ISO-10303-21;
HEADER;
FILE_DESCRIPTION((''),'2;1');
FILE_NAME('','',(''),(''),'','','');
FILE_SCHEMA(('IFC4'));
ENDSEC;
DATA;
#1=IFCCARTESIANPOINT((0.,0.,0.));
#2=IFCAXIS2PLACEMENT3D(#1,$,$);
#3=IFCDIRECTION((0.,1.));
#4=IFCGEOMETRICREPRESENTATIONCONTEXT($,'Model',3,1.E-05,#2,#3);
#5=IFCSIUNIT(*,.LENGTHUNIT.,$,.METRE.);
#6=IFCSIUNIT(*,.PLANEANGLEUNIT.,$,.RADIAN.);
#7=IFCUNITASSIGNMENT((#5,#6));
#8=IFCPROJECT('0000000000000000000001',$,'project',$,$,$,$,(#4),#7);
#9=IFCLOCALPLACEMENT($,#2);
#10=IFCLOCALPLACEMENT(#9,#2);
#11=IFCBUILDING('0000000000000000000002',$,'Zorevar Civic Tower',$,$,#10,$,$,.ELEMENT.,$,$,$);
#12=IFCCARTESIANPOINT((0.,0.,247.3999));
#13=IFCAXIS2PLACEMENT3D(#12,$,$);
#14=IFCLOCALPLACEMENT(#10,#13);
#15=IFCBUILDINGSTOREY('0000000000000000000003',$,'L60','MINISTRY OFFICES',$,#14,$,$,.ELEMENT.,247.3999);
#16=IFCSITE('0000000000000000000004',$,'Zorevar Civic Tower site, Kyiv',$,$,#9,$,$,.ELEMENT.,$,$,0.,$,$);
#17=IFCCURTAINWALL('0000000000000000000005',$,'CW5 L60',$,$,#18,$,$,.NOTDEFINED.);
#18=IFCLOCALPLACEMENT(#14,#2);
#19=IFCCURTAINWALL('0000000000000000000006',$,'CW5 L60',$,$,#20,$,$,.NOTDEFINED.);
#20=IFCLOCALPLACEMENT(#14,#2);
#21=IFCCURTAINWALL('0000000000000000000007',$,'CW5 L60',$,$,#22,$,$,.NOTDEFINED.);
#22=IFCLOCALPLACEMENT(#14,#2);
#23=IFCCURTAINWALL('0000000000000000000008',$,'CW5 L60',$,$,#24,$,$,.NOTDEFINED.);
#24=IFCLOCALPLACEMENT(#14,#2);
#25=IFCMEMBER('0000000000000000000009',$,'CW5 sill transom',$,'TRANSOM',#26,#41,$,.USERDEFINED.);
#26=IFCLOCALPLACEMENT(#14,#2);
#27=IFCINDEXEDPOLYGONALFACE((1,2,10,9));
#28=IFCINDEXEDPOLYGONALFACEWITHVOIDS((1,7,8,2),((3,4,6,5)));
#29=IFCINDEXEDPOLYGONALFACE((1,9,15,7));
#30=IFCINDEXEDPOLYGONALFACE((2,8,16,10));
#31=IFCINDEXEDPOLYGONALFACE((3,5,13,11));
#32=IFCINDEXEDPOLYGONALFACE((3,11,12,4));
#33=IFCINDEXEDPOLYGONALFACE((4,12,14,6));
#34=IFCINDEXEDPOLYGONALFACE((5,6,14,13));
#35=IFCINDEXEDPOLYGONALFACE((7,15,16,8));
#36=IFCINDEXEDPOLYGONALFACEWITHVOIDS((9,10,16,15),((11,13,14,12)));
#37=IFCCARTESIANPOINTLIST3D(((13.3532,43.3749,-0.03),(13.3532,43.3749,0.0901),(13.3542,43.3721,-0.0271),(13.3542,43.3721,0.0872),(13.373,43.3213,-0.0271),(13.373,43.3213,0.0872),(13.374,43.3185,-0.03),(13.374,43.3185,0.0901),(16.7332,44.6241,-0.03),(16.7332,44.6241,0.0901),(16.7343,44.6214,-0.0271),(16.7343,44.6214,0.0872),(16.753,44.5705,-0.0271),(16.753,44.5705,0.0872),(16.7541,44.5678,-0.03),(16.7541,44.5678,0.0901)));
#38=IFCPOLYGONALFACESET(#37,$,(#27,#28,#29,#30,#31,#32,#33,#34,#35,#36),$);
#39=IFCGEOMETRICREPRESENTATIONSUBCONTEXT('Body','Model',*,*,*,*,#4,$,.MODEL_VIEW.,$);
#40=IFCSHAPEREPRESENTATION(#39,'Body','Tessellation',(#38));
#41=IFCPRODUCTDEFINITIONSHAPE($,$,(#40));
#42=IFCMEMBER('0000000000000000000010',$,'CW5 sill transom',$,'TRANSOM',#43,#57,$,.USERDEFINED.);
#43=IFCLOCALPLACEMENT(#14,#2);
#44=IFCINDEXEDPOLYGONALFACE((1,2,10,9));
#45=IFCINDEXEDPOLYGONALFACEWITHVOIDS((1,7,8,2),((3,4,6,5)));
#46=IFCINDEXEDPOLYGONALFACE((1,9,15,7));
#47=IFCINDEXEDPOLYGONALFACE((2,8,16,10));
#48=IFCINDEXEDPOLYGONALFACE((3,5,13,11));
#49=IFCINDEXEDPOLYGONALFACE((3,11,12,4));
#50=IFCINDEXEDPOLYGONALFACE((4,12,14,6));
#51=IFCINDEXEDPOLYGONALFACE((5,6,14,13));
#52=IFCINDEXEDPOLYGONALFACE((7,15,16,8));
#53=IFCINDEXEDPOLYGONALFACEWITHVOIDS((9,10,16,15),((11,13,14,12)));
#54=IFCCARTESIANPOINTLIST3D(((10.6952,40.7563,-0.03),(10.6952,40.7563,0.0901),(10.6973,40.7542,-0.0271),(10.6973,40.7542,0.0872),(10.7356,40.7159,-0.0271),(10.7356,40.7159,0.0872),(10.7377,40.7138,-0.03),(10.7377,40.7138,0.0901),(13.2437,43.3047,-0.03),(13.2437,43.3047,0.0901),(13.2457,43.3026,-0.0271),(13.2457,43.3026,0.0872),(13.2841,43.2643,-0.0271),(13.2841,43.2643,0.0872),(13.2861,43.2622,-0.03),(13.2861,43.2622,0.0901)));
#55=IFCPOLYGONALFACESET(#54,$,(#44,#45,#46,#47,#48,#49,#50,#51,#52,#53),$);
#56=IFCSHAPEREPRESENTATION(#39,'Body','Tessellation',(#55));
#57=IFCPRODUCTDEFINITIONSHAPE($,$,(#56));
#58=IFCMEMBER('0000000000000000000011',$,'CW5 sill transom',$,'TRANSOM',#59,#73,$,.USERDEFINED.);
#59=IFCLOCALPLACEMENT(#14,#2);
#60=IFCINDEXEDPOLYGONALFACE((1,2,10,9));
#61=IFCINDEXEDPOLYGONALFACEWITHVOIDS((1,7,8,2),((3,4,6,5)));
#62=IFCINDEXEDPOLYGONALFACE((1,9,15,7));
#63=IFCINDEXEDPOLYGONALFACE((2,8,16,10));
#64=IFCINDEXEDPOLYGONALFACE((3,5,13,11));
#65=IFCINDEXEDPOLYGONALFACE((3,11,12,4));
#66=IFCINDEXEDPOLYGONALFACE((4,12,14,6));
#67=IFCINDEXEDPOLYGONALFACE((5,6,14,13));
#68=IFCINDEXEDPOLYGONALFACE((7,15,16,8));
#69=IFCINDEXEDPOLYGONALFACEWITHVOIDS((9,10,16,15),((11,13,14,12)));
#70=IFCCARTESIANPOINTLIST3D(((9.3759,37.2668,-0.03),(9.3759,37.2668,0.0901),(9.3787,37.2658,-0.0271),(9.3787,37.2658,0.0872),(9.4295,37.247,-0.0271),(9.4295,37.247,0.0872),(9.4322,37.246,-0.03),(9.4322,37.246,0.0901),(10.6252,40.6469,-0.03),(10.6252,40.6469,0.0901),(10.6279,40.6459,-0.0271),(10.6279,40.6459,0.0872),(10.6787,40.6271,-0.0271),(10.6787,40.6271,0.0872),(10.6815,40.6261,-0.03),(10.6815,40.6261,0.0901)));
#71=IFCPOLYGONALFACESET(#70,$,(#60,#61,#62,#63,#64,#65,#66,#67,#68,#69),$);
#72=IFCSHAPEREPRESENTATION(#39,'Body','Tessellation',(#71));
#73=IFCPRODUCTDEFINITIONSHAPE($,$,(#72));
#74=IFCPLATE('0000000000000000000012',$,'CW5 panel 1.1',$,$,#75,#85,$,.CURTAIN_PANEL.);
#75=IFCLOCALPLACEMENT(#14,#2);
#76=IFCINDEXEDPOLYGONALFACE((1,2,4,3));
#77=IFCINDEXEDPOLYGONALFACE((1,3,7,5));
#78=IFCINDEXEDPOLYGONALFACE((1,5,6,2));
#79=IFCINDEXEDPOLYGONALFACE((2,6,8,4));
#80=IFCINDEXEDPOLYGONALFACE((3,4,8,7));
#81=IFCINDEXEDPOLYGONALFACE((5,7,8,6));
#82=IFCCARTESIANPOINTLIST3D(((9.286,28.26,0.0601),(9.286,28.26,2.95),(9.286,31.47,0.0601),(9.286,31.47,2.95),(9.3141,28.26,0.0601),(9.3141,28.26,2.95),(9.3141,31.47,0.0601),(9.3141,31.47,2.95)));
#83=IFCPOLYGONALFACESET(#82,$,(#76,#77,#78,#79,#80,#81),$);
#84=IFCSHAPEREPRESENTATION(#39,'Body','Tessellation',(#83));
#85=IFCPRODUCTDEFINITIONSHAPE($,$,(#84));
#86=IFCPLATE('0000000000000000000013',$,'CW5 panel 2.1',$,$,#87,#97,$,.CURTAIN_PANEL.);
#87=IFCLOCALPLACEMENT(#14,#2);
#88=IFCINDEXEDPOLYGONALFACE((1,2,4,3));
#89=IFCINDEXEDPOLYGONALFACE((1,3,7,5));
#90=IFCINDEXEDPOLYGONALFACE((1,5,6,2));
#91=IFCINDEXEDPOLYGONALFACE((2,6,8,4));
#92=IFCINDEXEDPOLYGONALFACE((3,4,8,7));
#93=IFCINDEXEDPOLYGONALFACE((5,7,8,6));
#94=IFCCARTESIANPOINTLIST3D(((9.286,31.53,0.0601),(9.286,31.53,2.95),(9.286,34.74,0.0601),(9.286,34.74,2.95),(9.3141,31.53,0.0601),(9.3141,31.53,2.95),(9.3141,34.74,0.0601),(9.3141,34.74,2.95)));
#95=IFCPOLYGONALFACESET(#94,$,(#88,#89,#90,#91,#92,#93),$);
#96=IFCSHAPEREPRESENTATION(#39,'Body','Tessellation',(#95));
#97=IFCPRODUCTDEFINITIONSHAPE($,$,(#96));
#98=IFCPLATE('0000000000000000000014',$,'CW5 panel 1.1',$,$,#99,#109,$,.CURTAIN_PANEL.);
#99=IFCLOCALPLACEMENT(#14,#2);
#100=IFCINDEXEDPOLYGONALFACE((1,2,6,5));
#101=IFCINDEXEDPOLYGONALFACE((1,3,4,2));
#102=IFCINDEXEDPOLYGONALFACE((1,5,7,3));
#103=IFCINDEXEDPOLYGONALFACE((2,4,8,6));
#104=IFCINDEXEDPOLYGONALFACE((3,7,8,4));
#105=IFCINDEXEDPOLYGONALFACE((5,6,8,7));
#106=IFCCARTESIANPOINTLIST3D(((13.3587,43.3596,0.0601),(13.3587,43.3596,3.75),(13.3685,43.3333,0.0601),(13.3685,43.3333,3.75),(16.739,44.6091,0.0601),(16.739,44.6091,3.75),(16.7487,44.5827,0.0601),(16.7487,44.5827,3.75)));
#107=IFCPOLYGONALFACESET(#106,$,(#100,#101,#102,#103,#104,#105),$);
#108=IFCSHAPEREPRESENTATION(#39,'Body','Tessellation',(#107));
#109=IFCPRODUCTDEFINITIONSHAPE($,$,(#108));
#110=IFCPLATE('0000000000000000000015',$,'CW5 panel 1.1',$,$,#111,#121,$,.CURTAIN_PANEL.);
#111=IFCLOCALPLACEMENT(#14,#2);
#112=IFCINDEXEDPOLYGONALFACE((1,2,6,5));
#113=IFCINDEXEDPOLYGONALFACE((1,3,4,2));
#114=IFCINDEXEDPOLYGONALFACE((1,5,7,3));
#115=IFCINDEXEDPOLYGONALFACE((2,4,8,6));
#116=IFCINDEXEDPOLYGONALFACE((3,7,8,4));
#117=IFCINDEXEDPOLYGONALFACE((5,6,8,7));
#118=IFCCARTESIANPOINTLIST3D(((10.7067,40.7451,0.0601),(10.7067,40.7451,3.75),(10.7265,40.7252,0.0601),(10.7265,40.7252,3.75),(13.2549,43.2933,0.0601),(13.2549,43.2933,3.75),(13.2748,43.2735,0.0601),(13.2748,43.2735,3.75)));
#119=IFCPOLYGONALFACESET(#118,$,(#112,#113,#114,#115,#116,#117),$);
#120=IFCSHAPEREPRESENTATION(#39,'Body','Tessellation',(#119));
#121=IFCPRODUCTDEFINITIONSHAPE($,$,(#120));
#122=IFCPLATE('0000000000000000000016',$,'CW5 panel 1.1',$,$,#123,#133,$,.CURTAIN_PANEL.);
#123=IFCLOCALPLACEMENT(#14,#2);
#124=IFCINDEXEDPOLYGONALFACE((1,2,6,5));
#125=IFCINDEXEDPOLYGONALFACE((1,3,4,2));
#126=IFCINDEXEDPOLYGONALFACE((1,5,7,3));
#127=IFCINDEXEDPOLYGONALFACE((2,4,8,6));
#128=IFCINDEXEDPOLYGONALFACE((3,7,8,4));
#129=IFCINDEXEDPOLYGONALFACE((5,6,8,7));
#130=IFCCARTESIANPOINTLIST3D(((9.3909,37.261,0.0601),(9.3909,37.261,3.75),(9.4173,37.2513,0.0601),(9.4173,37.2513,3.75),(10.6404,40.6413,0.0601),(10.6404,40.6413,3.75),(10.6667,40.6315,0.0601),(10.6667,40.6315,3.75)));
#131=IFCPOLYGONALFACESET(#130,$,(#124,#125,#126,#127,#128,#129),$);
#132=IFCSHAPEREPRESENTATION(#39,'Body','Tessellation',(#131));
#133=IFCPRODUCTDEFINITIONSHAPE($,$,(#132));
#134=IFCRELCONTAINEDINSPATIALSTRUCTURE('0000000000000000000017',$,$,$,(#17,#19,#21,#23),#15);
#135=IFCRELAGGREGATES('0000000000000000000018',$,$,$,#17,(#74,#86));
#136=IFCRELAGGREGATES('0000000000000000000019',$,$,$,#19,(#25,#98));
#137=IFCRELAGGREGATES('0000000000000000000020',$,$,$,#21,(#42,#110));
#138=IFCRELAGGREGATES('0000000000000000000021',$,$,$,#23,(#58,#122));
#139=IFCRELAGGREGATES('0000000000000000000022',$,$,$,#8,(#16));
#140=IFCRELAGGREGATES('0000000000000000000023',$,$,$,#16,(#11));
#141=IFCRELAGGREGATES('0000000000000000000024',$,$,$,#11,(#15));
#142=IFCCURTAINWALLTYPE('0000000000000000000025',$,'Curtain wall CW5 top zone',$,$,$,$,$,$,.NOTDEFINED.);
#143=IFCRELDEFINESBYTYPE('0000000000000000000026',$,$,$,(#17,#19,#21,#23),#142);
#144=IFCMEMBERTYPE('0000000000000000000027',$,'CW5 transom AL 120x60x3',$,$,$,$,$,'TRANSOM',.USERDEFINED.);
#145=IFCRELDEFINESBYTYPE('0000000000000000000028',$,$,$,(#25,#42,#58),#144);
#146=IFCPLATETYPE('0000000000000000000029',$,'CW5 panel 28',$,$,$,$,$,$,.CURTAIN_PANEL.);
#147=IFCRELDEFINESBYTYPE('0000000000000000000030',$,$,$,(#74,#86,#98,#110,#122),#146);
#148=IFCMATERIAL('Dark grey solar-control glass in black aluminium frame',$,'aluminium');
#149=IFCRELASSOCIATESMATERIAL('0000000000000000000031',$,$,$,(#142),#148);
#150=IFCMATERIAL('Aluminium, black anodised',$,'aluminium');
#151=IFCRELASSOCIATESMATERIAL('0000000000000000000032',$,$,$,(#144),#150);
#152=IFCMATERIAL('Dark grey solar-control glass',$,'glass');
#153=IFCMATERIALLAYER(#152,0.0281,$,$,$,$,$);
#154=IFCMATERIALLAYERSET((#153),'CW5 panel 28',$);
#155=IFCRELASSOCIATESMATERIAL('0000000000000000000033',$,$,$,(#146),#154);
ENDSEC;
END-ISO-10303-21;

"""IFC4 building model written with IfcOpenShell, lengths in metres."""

from ifc_helpers import new_model, si_unit, direction, frame, origin, origin_2d, place, context, subcontext, project, spatial, rectangle, hollow_rectangle, extrude, material, layer, layer_set, material_profile, profile_set, type_object, element, aggregate, save


model = new_model("IFC4")

# Units and contexts
model_context = context("Model", 3, precision=1e-05, world=origin(), true_north=direction((0.0, 1.0)))
body_context = subcontext(model_context, "Body", "Model", "MODEL_VIEW")
ifc_project = project(units=[si_unit("LENGTHUNIT", "METRE"), si_unit("PLANEANGLEUNIT", "RADIAN")], contexts=[model_context])

# Site, building, storey
site_placement = place(None, origin())
site = spatial("IfcSite", under=ifc_project, at=site_placement, Name="Zorevar Civic Tower site, Kyiv", CompositionType="ELEMENT", RefElevation=0.0)
building_placement = place(site_placement, origin())
building = spatial("IfcBuilding", under=site, at=building_placement, Name="Zorevar Civic Tower", CompositionType="ELEMENT")
storey_placement = place(building_placement, frame((0.0, 0.0, 247.3999)))
storey = spatial("IfcBuildingStorey", under=building, at=storey_placement, Name="L60", Description="MINISTRY OFFICES", CompositionType="ELEMENT", Elevation=247.3999)

# Curtain walls
ifc_material_1 = material(Name="Dark grey solar-control glass in black aluminium frame", Category="aluminium")
curtain_wall_type = type_object("IfcCurtainWallType", Name="Curtain wall CW5 top zone", PredefinedType="NOTDEFINED", material=ifc_material_1)
curtain_wall_1_placement = place(storey_placement, origin())
curtain_wall_1 = element("IfcCurtainWall", 1, at=curtain_wall_1_placement, inside=storey, type_object=curtain_wall_type, Name="CW5 L60", PredefinedType="NOTDEFINED")
curtain_wall_2_placement = place(storey_placement, origin())
curtain_wall_2 = element("IfcCurtainWall", 2, at=curtain_wall_2_placement, inside=storey, type_object=curtain_wall_type, Name="CW5 L60", PredefinedType="NOTDEFINED")
curtain_wall_3_placement = place(storey_placement, origin())
curtain_wall_3 = element("IfcCurtainWall", 3, at=curtain_wall_3_placement, inside=storey, type_object=curtain_wall_type, Name="CW5 L60", PredefinedType="NOTDEFINED")
curtain_wall_4_placement = place(storey_placement, origin())
curtain_wall_4 = element("IfcCurtainWall", 4, at=curtain_wall_4_placement, inside=storey, type_object=curtain_wall_type, Name="CW5 L60", PredefinedType="NOTDEFINED")

# Members
ifc_material_2 = material(Name="Aluminium, black anodised", Category="aluminium")
ifc_material_profile_1 = material_profile(ifc_material_2, hollow_rectangle(XDim=0.0601, YDim=0.1201, WallThickness=0.0029, at=origin_2d()), Name="AL 120x60x3")
ifc_profile_set_1 = profile_set([ifc_material_profile_1], Name="Aluminium, black anodised")
member_type_1 = type_object("IfcMemberType", Name="CW5 transom AL 120x60x3", ElementType="TRANSOM", PredefinedType="USERDEFINED", material=ifc_profile_set_1)
member_1_placement = place(storey_placement, frame((16.7437, 44.5959, 0.03), z_axis=(-0.937986, -0.346672, 0.0), x_axis=(0.346672, -0.937986, 0.0)))
member_1 = element("IfcMember", 5, at=member_1_placement, type_object=member_type_1, Name="CW5 sill transom", ObjectType="TRANSOM", PredefinedType="USERDEFINED", context=body_context, shape_type="SweptSolid", body=[
    extrude(hollow_rectangle(XDim=0.0601, YDim=0.1201, WallThickness=0.0029, at=origin_2d()), origin(), (0.0, 0.0, 1.0), 3.6035),
])
member_2_placement = place(storey_placement, frame((13.2649, 43.2834, 0.03), z_axis=(-0.707107, -0.707107, 0.0), x_axis=(0.707107, -0.707107, 0.0)))
member_2 = element("IfcMember", 6, at=member_2_placement, type_object=member_type_1, Name="CW5 sill transom", ObjectType="TRANSOM", PredefinedType="USERDEFINED", context=body_context, shape_type="SweptSolid", body=[
    extrude(hollow_rectangle(XDim=0.0601, YDim=0.1201, WallThickness=0.0029, at=origin_2d()), origin(), (0.0, 0.0, 1.0), 3.604),
])
member_3_placement = place(storey_placement, frame((10.6533, 40.6365, 0.03), z_axis=(-0.346672, -0.937986, 0.0), x_axis=(0.937986, -0.346672, 0.0)))
member_3 = element("IfcMember", 7, at=member_3_placement, type_object=member_type_1, Name="CW5 sill transom", ObjectType="TRANSOM", PredefinedType="USERDEFINED", context=body_context, shape_type="SweptSolid", body=[
    extrude(hollow_rectangle(XDim=0.0601, YDim=0.1201, WallThickness=0.0029, at=origin_2d()), origin(), (0.0, 0.0, 1.0), 3.6035),
])

# Plates
ifc_material_3 = material(Name="Dark grey solar-control glass", Category="glass")
ifc_layer_1 = layer(ifc_material_3, 0.0281)
ifc_layer_set_1 = layer_set([ifc_layer_1], Name="CW5 panel 28")
plate_type = type_object("IfcPlateType", Name="CW5 panel 28", PredefinedType="CURTAIN_PANEL", material=ifc_layer_set_1)
plate_1_placement = place(storey_placement, frame((9.3, 29.865, 0.0601), z_axis=(0.0, 0.0, 1.0), x_axis=(0.0, 1.0, 0.0)))
plate_1 = element("IfcPlate", 8, at=plate_1_placement, type_object=plate_type, Name="CW5 panel 1.1", PredefinedType="CURTAIN_PANEL", context=body_context, shape_type="SweptSolid", body=[
    extrude(rectangle(XDim=3.21, YDim=0.0281, at=origin_2d()), origin(), (0.0, 0.0, 1.0), 2.8899),
])
plate_2_placement = place(storey_placement, frame((9.3, 33.135, 0.0601), z_axis=(0.0, 0.0, 1.0), x_axis=(0.0, 1.0, 0.0)))
plate_2 = element("IfcPlate", 9, at=plate_2_placement, type_object=plate_type, Name="CW5 panel 2.1", PredefinedType="CURTAIN_PANEL", context=body_context, shape_type="SweptSolid", body=[
    extrude(rectangle(XDim=3.21, YDim=0.0281, at=origin_2d()), origin(), (0.0, 0.0, 1.0), 2.8899),
])
aggregate(curtain_wall_1, [plate_1, plate_2])
plate_3_placement = place(storey_placement, frame((15.0537, 43.9712, 0.0601), z_axis=(0.0, 0.0, 1.0), x_axis=(-0.937975, -0.346704, 0.0)))
plate_3 = element("IfcPlate", 10, at=plate_3_placement, type_object=plate_type, Name="CW5 panel 1.1", PredefinedType="CURTAIN_PANEL", context=body_context, shape_type="SweptSolid", body=[
    extrude(rectangle(XDim=3.6038, YDim=0.0281, at=origin_2d()), origin(), (0.0, 0.0, 1.0), 3.6899),
])
aggregate(curtain_wall_2, [member_1, plate_3])
plate_4_placement = place(storey_placement, frame((11.9907, 42.0093, 0.0601), z_axis=(0.0, 0.0, 1.0), x_axis=(-0.707107, -0.707107, 0.0)))
plate_4 = element("IfcPlate", 11, at=plate_4_placement, type_object=plate_type, Name="CW5 panel 1.1", PredefinedType="CURTAIN_PANEL", context=body_context, shape_type="SweptSolid", body=[
    extrude(rectangle(XDim=3.6038, YDim=0.0281, at=origin_2d()), origin(), (0.0, 0.0, 1.0), 3.6899),
])
aggregate(curtain_wall_3, [member_2, plate_4])
plate_5_placement = place(storey_placement, frame((10.0288, 38.9463, 0.0601), z_axis=(0.0, 0.0, 1.0), x_axis=(-0.346704, -0.937975, 0.0)))
plate_5 = element("IfcPlate", 12, at=plate_5_placement, type_object=plate_type, Name="CW5 panel 1.1", PredefinedType="CURTAIN_PANEL", context=body_context, shape_type="SweptSolid", body=[
    extrude(rectangle(XDim=3.6038, YDim=0.0281, at=origin_2d()), origin(), (0.0, 0.0, 1.0), 3.6899),
])
aggregate(curtain_wall_4, [member_3, plate_5])

save(model, "model.ifc")
